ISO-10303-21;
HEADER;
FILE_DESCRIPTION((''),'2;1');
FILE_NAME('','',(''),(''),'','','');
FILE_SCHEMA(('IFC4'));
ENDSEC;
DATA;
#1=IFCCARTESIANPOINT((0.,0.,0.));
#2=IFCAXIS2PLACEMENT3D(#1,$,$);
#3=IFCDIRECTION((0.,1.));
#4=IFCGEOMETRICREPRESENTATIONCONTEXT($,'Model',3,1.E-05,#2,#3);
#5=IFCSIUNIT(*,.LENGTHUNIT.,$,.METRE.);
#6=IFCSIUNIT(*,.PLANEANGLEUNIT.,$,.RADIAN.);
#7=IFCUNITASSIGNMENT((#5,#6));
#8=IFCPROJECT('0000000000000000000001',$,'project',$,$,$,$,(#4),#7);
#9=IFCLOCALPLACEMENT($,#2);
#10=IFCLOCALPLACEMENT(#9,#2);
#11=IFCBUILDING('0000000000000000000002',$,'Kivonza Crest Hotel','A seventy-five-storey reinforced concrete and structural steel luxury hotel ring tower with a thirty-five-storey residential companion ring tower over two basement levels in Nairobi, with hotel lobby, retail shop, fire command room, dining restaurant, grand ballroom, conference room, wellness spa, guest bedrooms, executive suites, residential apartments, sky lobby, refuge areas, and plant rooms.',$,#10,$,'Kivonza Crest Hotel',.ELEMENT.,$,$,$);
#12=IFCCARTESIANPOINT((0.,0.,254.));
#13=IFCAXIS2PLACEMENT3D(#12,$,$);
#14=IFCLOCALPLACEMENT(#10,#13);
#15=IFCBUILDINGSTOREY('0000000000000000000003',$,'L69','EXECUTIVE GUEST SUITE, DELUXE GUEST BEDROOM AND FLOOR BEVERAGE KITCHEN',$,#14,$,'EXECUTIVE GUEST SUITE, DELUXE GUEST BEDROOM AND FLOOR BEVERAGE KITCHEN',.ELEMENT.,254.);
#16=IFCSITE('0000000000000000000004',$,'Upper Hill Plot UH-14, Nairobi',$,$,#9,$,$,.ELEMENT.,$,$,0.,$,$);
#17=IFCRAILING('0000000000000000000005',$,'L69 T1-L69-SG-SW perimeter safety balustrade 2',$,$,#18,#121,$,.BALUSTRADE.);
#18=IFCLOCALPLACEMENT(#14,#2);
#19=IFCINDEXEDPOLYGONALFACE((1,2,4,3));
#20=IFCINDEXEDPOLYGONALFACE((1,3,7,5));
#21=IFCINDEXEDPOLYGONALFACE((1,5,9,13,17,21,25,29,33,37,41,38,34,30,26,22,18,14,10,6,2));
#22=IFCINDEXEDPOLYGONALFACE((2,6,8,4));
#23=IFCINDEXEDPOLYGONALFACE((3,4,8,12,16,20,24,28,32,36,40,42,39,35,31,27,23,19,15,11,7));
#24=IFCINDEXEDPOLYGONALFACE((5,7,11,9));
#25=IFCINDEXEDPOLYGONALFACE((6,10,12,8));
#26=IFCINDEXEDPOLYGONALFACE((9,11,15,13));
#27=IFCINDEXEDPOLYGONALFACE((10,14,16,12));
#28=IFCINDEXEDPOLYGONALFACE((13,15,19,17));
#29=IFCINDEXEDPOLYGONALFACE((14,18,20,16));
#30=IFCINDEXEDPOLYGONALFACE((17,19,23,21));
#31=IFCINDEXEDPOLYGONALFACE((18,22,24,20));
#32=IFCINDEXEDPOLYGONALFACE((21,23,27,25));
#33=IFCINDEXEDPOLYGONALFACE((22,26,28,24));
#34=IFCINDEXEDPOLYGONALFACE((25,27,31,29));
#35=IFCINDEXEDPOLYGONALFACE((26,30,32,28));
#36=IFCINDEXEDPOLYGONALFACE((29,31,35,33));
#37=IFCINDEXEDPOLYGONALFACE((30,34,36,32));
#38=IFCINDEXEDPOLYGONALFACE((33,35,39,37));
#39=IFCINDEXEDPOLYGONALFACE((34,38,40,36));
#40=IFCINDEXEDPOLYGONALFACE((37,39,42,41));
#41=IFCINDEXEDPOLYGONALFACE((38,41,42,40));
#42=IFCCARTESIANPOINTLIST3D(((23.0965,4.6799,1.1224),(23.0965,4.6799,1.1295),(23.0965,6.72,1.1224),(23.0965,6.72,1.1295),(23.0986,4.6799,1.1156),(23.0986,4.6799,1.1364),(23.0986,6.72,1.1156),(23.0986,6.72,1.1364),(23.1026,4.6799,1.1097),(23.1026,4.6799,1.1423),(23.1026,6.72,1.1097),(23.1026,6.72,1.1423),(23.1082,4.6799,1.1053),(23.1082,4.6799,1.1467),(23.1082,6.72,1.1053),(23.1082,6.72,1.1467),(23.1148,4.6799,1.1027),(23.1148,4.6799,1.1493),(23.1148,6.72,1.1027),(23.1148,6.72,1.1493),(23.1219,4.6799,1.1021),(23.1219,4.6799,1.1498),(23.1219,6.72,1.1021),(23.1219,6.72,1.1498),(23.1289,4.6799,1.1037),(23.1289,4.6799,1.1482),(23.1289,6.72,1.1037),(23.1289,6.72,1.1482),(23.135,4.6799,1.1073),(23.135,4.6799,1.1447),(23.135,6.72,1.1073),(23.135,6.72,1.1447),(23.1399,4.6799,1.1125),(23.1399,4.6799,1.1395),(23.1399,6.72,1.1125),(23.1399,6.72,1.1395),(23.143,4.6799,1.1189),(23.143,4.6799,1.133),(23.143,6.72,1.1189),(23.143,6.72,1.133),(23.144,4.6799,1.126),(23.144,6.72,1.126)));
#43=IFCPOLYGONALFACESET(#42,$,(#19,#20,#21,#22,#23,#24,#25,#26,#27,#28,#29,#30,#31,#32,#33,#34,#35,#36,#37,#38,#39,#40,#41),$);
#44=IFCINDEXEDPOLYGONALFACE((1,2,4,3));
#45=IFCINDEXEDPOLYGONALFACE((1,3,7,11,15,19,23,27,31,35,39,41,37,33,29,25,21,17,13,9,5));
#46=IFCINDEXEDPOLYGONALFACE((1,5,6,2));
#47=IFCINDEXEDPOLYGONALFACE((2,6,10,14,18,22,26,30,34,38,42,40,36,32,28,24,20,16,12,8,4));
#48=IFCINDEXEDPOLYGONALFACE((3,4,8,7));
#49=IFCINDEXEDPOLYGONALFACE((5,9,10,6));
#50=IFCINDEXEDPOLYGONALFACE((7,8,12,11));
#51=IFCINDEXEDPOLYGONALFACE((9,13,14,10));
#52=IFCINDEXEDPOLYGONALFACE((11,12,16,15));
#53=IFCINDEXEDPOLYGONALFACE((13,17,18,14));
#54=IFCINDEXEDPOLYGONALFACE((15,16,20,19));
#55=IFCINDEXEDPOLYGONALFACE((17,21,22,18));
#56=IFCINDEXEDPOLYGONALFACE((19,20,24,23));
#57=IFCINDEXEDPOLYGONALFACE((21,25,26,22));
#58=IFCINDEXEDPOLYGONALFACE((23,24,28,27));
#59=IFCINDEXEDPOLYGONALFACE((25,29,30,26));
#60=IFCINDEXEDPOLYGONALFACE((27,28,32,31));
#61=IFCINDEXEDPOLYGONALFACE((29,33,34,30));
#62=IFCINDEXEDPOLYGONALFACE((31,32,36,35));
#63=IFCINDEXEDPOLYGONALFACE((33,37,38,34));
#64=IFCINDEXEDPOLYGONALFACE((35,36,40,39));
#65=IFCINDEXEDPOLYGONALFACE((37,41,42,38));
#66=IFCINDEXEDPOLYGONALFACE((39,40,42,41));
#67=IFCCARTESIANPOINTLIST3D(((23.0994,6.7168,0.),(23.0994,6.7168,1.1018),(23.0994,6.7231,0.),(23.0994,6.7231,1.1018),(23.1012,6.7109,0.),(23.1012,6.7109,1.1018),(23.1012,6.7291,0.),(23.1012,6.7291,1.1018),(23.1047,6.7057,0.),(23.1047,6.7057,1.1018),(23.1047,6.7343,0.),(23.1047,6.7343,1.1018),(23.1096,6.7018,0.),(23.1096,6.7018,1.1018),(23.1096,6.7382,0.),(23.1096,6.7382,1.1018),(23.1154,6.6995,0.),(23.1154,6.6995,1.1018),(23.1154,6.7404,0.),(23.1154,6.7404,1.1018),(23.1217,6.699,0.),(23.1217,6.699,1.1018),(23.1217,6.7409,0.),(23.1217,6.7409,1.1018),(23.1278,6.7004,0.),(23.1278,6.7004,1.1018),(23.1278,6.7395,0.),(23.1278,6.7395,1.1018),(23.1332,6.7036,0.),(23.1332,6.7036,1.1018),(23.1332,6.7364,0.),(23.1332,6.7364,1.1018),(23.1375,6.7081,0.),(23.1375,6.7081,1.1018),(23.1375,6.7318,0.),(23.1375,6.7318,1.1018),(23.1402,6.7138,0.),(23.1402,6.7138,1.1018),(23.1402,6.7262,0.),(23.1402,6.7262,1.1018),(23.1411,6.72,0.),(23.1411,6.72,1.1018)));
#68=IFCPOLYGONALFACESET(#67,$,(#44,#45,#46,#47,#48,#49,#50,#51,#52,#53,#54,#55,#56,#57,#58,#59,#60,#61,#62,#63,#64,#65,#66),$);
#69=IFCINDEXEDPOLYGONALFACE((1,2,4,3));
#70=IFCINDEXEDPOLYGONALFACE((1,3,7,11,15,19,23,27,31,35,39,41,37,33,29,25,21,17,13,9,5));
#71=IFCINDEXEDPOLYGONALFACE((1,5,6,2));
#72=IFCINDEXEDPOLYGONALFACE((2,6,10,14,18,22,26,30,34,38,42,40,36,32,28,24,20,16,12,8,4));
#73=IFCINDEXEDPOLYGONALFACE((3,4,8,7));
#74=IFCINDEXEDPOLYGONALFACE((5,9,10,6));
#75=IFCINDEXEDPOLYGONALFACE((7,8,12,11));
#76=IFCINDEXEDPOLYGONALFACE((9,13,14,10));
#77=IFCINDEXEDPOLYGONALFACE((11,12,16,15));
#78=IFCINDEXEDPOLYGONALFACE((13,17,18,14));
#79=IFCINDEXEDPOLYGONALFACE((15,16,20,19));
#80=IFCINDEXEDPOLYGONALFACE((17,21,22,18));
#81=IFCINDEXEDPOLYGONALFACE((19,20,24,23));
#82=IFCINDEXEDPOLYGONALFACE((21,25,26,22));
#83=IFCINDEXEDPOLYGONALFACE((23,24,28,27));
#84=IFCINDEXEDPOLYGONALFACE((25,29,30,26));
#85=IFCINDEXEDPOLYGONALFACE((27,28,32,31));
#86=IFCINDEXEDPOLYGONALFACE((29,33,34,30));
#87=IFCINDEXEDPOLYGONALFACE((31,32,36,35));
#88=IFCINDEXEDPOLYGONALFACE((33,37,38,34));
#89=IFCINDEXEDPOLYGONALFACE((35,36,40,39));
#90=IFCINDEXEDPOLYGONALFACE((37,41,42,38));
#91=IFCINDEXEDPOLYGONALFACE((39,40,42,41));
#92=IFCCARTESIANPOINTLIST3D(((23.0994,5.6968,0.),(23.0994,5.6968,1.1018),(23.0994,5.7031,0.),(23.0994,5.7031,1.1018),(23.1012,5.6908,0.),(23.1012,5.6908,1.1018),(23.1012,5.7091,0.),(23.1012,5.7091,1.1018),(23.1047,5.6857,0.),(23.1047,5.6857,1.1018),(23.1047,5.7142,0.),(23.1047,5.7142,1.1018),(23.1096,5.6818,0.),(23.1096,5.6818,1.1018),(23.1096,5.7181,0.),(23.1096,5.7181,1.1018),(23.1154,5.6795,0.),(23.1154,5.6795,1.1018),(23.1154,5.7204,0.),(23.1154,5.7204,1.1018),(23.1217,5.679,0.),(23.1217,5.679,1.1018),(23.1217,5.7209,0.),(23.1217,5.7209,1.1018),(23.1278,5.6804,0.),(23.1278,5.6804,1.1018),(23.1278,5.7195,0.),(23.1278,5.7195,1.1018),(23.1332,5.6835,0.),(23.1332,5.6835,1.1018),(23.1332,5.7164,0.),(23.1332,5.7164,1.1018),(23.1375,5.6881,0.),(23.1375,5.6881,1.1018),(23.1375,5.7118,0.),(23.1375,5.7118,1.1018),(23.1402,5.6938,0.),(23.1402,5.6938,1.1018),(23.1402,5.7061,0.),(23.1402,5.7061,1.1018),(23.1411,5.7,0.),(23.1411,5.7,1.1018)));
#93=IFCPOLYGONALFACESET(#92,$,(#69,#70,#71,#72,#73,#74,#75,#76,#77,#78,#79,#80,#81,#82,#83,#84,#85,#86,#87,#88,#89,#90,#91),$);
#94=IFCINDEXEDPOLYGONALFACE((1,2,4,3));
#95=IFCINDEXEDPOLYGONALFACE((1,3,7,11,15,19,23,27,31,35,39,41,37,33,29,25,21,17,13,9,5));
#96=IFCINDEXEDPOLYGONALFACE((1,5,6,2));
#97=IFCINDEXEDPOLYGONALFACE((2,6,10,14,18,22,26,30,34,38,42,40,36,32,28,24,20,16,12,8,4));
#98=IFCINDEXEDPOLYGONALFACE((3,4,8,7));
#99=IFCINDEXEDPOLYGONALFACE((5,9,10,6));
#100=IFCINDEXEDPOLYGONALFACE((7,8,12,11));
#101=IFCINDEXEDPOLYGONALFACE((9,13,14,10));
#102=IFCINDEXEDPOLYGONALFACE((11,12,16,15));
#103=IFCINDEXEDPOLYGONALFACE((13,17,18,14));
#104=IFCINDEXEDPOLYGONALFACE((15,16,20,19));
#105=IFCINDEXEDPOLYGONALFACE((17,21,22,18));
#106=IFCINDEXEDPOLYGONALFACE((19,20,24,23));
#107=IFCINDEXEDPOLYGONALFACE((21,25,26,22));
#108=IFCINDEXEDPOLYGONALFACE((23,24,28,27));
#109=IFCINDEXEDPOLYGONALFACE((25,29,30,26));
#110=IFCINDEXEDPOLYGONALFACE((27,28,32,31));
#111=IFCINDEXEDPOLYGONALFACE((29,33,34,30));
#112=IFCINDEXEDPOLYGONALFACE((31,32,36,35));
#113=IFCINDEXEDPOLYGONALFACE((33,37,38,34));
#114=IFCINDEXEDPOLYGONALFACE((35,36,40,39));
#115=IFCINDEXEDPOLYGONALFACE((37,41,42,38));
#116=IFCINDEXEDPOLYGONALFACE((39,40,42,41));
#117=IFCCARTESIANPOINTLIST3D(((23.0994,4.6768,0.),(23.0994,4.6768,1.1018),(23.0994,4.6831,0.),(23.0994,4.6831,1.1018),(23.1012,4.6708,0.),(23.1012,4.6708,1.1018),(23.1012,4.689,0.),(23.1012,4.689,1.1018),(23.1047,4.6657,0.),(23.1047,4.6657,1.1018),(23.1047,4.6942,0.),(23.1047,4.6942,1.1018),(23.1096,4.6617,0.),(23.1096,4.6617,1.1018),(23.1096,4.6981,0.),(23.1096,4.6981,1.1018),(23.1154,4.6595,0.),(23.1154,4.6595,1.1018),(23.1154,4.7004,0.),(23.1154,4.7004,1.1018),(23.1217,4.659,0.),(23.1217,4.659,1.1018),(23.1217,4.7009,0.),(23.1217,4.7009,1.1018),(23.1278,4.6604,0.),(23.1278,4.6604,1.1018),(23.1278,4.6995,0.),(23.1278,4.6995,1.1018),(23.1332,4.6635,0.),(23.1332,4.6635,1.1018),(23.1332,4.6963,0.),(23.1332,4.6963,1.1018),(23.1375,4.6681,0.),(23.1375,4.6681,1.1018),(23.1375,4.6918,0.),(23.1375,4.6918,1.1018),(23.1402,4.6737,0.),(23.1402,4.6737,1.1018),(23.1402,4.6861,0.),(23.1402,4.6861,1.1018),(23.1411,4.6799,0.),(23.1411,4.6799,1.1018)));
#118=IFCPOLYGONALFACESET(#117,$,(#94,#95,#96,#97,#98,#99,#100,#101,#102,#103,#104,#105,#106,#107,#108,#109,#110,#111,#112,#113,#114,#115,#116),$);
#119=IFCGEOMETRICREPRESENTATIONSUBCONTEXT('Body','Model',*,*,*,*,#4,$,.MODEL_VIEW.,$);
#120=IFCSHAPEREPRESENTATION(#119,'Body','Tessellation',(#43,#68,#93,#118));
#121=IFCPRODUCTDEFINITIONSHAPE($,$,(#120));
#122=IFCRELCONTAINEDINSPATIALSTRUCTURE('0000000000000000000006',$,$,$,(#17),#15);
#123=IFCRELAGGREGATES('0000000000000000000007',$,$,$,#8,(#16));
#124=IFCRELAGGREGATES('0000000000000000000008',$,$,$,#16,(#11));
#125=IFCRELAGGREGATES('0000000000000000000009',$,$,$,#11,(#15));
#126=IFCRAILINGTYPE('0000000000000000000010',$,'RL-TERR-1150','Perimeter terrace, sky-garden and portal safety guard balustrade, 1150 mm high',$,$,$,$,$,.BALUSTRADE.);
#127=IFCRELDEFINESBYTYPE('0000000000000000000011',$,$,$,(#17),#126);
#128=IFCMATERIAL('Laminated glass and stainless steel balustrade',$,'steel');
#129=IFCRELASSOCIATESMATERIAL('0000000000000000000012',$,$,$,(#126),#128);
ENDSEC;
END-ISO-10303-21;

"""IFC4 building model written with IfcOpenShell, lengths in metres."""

from ifc_helpers import new_model, si_unit, direction, frame, origin, origin_2d, place, context, subcontext, project, spatial, circle, extrude, material, type_object, element, save


model = new_model("IFC4")

# Units and contexts
model_context = context("Model", 3, precision=1e-05, world=origin(), true_north=direction((0.0, 1.0)))
body_context = subcontext(model_context, "Body", "Model", "MODEL_VIEW")
ifc_project = project(units=[si_unit("LENGTHUNIT", "METRE"), si_unit("PLANEANGLEUNIT", "RADIAN")], contexts=[model_context])

# Site, building, storey
site_placement = place(None, origin())
site = spatial("IfcSite", under=ifc_project, at=site_placement, Name="Upper Hill Plot UH-14, Nairobi", CompositionType="ELEMENT", RefElevation=0.0)
building_placement = place(site_placement, origin())
building = spatial("IfcBuilding", under=site, at=building_placement, Name="Kivonza Crest Hotel", Description="A seventy-five-storey reinforced concrete and structural steel luxury hotel ring tower with a thirty-five-storey residential companion ring tower over two basement levels in Nairobi, with hotel lobby, retail shop, fire command room, dining restaurant, grand ballroom, conference room, wellness spa, guest bedrooms, executive suites, residential apartments, sky lobby, refuge areas, and plant rooms.", LongName="Kivonza Crest Hotel", CompositionType="ELEMENT")
storey_placement = place(building_placement, frame((0.0, 0.0, 254.0)))
storey = spatial("IfcBuildingStorey", under=building, at=storey_placement, Name="L69", Description="EXECUTIVE GUEST SUITE, DELUXE GUEST BEDROOM AND FLOOR BEVERAGE KITCHEN", LongName="EXECUTIVE GUEST SUITE, DELUXE GUEST BEDROOM AND FLOOR BEVERAGE KITCHEN", CompositionType="ELEMENT", Elevation=254.0)

# Railing
ifc_material_1 = material(Name="Laminated glass and stainless steel balustrade", Category="steel")
railing_type = type_object("IfcRailingType", Name="RL-TERR-1150", Description="Perimeter terrace, sky-garden and portal safety guard balustrade, 1150 mm high", PredefinedType="BALUSTRADE", material=ifc_material_1)
railing_1_placement = place(storey_placement, frame((23.1201, 6.72, 0.0)))
element("IfcRailing", 1, at=railing_1_placement, inside=storey, type_object=railing_type, Name="L69 T1-L69-SG-SW perimeter safety balustrade 2", PredefinedType="BALUSTRADE", context=body_context, shape_type="SweptSolid", body=[
    extrude(circle(Radius=0.0239, at=origin_2d()), frame((0.0, 0.0, 1.126), z_axis=(0.0, -1.0, 0.0), x_axis=(1.0, 0.0, 0.0)), (0.0, 0.0, 1.0), 2.04),
    extrude(circle(Radius=0.021, at=origin_2d()), origin(), (0.0, 0.0, 1.0), 1.1018),
    extrude(circle(Radius=0.021, at=origin_2d()), frame((0.0, -1.02, 0.0)), (0.0, 0.0, 1.0), 1.1018),
    extrude(circle(Radius=0.021, at=origin_2d()), frame((0.0, -2.04, 0.0)), (0.0, 0.0, 1.0), 1.1018),
])

save(model, "model.ifc")
